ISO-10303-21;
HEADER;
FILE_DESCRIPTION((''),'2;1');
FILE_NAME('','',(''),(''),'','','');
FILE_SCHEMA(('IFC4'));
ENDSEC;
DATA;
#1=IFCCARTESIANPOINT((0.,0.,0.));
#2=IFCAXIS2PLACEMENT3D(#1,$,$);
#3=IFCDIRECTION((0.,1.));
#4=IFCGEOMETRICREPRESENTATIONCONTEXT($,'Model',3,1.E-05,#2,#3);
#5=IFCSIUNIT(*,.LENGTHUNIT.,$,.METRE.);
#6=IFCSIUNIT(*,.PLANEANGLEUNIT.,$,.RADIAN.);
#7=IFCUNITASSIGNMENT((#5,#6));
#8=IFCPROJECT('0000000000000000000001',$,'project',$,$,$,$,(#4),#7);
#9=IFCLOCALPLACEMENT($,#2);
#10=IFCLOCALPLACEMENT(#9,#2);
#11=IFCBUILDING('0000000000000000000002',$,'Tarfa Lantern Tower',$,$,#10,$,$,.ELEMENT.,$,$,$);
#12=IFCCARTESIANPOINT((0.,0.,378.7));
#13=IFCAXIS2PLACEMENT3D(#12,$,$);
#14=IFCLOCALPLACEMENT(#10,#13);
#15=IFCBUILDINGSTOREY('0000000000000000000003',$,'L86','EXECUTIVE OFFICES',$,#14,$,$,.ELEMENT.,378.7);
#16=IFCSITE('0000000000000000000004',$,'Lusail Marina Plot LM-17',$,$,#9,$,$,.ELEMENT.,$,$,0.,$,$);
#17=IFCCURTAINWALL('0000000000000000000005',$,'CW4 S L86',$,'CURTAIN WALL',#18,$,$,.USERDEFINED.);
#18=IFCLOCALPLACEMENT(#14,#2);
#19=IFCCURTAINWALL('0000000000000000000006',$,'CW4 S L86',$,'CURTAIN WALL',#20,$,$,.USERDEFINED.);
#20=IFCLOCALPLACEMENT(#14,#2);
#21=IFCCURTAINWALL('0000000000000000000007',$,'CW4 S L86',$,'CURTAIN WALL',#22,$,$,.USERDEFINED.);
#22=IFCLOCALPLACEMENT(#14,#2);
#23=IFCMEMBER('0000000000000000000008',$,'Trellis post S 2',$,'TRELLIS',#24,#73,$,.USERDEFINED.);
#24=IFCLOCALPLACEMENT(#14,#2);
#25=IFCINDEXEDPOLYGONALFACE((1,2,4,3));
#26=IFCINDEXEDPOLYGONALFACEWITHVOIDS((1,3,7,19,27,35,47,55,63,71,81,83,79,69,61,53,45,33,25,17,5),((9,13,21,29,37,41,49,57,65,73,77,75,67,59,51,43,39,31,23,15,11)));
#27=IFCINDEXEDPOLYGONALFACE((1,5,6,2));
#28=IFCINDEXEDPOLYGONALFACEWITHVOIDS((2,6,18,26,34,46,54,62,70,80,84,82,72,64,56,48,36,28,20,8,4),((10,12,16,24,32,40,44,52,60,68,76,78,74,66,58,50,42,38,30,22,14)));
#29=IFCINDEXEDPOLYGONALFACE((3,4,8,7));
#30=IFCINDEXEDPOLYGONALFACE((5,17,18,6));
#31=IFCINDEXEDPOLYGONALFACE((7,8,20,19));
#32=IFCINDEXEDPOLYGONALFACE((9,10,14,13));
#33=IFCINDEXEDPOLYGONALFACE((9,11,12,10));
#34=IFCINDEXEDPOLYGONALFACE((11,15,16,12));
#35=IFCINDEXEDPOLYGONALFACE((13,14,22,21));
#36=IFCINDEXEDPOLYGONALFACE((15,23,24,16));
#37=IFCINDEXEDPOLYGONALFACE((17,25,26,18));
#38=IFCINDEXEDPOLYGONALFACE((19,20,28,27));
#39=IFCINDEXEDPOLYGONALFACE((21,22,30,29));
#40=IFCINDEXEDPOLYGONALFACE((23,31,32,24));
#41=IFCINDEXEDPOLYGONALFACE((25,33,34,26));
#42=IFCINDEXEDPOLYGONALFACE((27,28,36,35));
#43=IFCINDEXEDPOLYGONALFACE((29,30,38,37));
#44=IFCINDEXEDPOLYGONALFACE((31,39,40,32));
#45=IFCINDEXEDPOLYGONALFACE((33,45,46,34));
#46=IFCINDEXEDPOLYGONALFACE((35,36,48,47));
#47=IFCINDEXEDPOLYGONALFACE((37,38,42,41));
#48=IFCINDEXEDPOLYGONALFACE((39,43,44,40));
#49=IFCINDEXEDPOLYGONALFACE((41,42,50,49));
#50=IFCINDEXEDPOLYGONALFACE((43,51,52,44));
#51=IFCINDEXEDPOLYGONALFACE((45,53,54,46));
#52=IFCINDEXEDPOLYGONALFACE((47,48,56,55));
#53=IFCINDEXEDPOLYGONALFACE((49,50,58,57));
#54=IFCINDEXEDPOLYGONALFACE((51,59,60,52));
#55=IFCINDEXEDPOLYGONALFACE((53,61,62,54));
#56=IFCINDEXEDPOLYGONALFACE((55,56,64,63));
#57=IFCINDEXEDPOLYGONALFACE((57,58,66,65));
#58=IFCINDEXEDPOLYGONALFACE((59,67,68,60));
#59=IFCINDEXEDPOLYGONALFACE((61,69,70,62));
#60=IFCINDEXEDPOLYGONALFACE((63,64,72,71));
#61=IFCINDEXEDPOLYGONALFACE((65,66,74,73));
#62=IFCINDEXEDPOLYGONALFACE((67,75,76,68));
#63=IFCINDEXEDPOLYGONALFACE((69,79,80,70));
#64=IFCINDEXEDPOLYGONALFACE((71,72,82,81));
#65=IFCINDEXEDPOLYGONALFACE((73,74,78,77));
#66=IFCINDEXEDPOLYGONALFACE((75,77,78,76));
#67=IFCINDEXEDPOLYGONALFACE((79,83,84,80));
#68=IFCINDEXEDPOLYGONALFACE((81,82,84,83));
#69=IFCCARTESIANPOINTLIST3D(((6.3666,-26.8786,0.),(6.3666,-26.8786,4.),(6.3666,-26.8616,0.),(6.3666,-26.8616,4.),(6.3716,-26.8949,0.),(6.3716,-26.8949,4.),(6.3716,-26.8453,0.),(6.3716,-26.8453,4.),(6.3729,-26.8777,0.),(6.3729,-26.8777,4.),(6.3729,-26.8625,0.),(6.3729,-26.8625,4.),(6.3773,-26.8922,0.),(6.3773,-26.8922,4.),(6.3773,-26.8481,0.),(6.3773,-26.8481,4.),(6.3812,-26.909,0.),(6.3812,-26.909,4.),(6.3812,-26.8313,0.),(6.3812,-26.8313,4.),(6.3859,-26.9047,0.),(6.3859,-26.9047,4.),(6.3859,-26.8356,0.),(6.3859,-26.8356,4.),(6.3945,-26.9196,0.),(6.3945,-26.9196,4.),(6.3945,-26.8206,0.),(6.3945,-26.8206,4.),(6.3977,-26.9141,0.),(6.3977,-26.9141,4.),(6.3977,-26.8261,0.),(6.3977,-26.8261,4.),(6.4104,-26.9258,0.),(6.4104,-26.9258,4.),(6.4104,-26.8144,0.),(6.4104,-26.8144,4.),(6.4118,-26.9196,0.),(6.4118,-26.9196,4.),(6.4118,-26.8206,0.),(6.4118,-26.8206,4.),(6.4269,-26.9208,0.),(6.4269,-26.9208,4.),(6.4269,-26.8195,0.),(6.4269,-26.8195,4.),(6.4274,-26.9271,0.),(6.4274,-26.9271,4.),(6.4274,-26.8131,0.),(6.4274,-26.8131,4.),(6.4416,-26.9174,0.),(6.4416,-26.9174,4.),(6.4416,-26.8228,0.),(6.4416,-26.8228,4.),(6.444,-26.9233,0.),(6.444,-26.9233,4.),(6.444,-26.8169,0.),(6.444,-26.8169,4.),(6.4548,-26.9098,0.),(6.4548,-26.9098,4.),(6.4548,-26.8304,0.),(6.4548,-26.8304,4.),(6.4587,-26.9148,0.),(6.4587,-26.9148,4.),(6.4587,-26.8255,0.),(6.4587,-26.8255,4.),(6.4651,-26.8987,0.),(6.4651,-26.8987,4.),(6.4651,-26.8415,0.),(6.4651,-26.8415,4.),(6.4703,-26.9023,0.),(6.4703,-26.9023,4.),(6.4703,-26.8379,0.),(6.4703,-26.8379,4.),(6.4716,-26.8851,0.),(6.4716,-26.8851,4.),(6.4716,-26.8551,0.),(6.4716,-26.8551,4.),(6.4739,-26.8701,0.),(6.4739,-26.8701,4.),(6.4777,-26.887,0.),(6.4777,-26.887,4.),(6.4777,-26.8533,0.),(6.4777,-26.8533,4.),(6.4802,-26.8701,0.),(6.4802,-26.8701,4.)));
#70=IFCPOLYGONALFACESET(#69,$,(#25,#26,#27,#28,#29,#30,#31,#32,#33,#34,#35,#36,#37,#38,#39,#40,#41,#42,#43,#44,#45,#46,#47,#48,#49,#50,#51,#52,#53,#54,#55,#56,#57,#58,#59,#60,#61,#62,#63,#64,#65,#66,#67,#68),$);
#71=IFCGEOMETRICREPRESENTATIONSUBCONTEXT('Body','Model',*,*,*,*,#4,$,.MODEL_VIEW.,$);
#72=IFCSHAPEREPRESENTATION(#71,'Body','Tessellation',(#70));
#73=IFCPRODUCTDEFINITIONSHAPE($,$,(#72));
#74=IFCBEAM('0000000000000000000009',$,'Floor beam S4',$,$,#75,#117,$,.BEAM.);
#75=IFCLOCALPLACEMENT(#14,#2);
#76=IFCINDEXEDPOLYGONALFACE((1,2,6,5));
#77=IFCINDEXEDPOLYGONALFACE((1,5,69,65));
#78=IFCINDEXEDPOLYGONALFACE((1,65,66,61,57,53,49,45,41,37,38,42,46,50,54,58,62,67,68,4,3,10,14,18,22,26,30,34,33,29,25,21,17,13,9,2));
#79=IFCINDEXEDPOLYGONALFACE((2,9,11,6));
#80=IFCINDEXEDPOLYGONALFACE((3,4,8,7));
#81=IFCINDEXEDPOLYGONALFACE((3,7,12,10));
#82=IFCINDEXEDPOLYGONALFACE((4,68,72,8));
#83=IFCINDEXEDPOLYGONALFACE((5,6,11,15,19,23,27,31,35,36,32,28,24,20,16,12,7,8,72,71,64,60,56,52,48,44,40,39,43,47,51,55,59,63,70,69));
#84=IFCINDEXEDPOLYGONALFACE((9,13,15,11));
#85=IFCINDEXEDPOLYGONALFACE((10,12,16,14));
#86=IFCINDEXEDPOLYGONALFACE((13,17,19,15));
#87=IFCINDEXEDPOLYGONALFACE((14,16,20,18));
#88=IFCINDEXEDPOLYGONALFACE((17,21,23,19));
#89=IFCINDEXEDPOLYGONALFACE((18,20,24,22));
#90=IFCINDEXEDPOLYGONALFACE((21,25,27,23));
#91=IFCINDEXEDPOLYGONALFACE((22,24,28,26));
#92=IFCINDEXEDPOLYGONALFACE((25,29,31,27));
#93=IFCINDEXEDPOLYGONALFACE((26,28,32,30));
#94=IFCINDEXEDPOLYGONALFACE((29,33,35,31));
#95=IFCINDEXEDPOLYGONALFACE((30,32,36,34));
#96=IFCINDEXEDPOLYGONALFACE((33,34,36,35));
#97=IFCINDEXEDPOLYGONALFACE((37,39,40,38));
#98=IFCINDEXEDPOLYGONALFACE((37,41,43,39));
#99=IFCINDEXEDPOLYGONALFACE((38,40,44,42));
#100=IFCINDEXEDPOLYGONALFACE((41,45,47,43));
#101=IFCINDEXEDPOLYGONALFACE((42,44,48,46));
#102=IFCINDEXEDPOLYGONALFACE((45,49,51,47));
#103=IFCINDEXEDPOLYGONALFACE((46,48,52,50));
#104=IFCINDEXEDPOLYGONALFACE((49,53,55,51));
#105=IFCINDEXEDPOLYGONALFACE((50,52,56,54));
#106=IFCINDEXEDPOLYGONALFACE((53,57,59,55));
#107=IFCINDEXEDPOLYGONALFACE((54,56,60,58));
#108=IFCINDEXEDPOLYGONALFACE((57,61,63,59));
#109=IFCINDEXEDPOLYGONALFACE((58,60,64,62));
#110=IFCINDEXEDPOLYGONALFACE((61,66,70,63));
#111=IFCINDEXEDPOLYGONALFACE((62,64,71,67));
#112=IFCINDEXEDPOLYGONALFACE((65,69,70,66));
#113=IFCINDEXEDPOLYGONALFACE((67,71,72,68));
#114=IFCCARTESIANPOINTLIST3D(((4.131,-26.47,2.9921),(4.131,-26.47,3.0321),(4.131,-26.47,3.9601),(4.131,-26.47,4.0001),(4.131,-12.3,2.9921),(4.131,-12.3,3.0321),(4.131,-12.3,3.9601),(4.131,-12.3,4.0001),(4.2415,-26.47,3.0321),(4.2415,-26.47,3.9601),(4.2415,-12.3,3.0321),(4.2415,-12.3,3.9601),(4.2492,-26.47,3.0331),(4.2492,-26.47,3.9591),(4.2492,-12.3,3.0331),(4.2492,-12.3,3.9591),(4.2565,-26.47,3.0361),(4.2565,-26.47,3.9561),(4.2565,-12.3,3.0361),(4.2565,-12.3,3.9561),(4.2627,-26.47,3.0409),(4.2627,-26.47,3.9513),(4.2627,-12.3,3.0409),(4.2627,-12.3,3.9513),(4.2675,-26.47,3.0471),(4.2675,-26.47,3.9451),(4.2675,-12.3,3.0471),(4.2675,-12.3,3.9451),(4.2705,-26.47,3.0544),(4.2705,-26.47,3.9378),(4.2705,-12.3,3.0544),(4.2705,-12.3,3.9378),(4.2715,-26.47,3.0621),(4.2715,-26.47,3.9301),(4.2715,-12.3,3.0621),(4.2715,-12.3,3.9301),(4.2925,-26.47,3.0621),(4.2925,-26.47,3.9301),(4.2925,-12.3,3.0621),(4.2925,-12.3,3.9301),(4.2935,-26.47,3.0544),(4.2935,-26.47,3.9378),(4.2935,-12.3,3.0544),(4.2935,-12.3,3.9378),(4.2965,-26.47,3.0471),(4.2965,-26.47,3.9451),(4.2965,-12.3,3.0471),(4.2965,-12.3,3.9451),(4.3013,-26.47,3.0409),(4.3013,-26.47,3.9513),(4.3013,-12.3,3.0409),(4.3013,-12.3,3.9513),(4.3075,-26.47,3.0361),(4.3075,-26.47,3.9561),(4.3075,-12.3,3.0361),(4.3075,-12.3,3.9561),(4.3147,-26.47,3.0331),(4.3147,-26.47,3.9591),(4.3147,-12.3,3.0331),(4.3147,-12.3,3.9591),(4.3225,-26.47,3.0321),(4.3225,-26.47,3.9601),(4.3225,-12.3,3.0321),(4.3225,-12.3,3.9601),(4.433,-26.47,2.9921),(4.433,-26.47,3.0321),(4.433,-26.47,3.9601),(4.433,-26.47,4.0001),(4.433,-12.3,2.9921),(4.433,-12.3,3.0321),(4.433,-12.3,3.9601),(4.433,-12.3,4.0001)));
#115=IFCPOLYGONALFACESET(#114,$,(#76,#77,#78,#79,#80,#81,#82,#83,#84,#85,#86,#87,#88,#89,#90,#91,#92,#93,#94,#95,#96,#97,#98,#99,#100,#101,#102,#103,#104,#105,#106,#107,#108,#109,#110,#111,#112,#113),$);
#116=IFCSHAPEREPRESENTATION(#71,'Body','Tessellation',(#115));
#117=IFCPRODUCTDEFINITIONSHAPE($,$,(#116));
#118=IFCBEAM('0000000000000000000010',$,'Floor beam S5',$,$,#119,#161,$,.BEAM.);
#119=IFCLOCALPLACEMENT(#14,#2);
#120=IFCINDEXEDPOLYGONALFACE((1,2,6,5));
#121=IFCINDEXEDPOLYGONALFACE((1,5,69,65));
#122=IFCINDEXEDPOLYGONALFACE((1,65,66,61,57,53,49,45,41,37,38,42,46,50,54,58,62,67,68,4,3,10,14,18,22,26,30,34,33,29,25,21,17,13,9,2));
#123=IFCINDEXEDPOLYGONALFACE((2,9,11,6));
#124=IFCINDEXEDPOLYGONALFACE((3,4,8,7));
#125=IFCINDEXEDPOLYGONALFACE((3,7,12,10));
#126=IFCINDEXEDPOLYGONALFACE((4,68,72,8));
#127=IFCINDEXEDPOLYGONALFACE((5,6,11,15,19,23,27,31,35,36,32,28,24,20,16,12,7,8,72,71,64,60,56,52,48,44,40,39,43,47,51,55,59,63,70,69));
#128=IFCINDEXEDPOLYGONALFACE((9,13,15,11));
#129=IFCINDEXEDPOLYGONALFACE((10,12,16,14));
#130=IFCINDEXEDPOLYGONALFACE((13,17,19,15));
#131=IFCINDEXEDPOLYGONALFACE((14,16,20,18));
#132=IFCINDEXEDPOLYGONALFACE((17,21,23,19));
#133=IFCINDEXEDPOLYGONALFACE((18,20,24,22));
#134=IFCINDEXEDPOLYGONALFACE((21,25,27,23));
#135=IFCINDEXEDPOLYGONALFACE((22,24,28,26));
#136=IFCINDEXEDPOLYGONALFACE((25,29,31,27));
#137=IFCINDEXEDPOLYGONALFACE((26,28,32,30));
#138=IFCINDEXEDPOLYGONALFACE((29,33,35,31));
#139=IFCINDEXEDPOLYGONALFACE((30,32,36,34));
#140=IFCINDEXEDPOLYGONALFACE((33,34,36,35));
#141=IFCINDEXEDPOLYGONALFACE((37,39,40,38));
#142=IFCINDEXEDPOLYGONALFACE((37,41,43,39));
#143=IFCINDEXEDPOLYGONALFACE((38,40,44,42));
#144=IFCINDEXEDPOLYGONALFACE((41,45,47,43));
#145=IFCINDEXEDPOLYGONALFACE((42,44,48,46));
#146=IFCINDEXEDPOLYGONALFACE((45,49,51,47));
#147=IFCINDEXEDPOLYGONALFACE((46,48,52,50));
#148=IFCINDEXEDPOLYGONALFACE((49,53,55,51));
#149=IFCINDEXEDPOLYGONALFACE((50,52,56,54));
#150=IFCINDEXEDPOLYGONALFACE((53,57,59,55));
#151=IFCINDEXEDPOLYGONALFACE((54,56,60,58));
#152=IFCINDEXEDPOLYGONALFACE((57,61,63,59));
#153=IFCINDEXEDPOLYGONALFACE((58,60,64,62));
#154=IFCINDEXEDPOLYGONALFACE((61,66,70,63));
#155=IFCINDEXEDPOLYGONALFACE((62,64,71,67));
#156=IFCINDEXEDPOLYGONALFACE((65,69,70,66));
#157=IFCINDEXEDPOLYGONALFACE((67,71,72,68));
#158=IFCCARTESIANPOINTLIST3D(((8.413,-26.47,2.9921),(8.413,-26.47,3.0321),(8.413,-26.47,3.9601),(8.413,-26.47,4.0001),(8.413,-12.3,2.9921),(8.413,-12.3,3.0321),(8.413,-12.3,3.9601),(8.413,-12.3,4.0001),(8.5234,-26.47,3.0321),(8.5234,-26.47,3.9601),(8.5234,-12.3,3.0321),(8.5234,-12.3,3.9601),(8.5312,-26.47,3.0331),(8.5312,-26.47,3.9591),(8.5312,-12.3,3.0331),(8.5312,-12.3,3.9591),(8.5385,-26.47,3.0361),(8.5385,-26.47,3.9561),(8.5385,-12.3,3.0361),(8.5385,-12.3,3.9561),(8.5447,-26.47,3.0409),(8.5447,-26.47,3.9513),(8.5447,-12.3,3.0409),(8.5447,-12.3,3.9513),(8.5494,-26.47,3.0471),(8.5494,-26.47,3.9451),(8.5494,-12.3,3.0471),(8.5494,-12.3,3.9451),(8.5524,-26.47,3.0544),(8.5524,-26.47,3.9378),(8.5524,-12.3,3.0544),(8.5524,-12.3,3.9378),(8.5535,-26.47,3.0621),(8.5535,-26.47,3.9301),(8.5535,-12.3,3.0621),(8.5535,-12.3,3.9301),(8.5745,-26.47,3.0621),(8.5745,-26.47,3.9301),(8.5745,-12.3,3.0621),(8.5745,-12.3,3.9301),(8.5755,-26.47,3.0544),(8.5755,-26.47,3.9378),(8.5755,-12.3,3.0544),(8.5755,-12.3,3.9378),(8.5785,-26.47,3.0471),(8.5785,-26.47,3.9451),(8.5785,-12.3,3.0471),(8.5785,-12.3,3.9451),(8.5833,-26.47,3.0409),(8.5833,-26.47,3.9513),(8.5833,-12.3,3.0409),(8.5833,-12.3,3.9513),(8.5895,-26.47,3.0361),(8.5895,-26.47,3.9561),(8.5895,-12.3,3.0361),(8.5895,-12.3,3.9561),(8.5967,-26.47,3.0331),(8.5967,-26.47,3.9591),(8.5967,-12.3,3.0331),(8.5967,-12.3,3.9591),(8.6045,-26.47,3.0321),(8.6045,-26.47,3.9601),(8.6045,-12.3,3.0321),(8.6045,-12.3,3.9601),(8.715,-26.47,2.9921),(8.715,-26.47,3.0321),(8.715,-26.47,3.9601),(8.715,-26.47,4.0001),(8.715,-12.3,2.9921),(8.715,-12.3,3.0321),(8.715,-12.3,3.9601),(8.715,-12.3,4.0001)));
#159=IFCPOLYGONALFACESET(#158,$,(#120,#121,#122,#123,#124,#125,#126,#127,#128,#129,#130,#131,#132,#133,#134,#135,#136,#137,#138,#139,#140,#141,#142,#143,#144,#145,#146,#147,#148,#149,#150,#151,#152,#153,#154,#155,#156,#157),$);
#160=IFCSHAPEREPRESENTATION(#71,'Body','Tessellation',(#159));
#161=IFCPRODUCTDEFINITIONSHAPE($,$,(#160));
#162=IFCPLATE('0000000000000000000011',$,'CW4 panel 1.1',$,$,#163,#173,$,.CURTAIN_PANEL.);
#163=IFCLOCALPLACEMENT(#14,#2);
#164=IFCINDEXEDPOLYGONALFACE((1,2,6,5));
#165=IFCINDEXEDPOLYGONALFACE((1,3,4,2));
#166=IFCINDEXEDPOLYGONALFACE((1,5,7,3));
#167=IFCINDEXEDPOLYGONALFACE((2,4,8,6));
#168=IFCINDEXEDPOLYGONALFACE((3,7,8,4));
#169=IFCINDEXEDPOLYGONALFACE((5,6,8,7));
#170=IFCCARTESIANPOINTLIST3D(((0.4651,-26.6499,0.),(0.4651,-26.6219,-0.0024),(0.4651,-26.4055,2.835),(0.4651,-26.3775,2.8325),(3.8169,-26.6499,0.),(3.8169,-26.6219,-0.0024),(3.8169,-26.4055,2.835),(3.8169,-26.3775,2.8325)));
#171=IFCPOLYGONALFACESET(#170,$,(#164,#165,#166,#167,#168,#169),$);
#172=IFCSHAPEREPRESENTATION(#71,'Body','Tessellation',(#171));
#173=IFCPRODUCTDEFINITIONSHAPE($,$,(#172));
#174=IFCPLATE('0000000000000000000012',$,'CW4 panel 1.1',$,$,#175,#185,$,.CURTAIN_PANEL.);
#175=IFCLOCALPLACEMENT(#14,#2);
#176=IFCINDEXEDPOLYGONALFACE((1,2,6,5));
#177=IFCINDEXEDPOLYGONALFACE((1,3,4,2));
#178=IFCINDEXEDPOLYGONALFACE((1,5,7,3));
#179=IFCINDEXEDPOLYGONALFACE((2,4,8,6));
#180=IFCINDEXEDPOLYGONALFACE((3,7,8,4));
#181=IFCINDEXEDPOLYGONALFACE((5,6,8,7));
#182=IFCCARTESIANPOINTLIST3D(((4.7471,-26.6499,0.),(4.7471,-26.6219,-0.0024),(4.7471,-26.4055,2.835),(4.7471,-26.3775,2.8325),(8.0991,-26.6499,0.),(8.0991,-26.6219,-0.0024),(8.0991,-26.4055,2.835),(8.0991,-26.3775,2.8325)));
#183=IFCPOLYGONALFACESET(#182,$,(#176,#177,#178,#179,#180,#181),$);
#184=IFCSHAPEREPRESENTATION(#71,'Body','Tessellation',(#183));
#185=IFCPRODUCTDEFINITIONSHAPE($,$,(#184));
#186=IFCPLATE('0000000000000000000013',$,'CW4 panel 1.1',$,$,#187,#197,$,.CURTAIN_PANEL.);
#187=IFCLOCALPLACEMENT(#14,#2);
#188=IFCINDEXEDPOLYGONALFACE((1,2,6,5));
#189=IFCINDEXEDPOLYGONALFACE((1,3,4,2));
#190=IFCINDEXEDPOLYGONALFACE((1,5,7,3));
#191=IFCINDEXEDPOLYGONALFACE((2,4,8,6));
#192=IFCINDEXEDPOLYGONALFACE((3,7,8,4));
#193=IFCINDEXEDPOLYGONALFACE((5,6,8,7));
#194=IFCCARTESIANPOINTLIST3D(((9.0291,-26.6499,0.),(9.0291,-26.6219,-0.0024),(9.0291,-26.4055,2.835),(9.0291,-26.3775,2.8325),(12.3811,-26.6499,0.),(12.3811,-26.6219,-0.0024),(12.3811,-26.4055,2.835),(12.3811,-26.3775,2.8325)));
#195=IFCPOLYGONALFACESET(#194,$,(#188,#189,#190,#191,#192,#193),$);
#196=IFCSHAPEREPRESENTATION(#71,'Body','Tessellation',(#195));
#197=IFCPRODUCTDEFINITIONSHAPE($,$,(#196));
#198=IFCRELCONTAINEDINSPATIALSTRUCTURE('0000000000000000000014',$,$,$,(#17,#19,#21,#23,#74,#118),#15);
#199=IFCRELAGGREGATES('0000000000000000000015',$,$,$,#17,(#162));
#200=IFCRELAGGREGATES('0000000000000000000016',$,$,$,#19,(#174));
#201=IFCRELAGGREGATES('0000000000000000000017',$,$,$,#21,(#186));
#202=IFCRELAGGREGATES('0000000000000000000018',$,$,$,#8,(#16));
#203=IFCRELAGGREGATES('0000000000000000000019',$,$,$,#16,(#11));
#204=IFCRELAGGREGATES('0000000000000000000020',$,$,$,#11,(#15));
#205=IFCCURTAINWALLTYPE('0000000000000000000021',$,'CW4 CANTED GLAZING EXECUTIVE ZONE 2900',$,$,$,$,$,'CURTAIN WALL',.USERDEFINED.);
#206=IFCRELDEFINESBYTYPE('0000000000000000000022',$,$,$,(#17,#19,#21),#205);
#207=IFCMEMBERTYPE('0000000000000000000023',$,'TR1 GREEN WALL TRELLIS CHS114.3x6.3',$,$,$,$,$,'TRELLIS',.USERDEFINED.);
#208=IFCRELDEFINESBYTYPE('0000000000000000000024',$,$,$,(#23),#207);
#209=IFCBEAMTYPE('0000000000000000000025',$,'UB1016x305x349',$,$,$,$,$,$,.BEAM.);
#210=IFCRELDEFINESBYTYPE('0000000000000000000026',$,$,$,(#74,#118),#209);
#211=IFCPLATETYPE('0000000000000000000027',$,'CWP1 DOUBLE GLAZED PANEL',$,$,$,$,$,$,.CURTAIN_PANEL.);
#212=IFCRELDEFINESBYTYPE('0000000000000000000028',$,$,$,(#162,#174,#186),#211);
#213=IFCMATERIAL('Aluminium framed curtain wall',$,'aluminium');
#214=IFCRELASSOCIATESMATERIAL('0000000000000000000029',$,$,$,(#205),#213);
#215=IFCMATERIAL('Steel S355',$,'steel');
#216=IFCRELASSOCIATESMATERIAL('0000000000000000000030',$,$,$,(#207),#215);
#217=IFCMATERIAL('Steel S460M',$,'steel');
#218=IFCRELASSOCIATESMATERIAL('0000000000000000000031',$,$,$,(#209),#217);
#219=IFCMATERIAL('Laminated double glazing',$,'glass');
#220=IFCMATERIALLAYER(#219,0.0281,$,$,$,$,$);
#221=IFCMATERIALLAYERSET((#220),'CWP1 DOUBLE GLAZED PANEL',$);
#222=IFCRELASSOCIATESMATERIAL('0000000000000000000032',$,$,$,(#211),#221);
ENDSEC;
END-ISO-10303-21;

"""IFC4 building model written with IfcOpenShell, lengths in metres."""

from ifc_helpers import new_model, si_unit, direction, frame, origin, origin_2d, place, context, subcontext, project, spatial, polyline, hollow_circle, i_section, outline, extrude, material, layer, layer_set, material_profile, profile_set, type_object, element, aggregate, save


model = new_model("IFC4")

# Units and contexts
model_context = context("Model", 3, precision=1e-05, world=origin(), true_north=direction((0.0, 1.0)))
body_context = subcontext(model_context, "Body", "Model", "MODEL_VIEW")
ifc_project = project(units=[si_unit("LENGTHUNIT", "METRE"), si_unit("PLANEANGLEUNIT", "RADIAN")], contexts=[model_context])

# Site, building, storey
site_placement = place(None, origin())
site = spatial("IfcSite", under=ifc_project, at=site_placement, Name="Lusail Marina Plot LM-17", CompositionType="ELEMENT", RefElevation=0.0)
building_placement = place(site_placement, origin())
building = spatial("IfcBuilding", under=site, at=building_placement, Name="Tarfa Lantern Tower", CompositionType="ELEMENT")
storey_placement = place(building_placement, frame((0.0, 0.0, 378.7)))
storey = spatial("IfcBuildingStorey", under=building, at=storey_placement, Name="L86", Description="EXECUTIVE OFFICES", CompositionType="ELEMENT", Elevation=378.7)

# Curtain walls
ifc_material_1 = material(Name="Aluminium framed curtain wall", Category="aluminium")
curtain_wall_type = type_object("IfcCurtainWallType", Name="CW4 CANTED GLAZING EXECUTIVE ZONE 2900", ElementType="CURTAIN WALL", PredefinedType="USERDEFINED", material=ifc_material_1)
curtain_wall_1_placement = place(storey_placement, origin())
curtain_wall_1 = element("IfcCurtainWall", 1, at=curtain_wall_1_placement, inside=storey, type_object=curtain_wall_type, Name="CW4 S L86", ObjectType="CURTAIN WALL", PredefinedType="USERDEFINED")
curtain_wall_2_placement = place(storey_placement, origin())
curtain_wall_2 = element("IfcCurtainWall", 2, at=curtain_wall_2_placement, inside=storey, type_object=curtain_wall_type, Name="CW4 S L86", ObjectType="CURTAIN WALL", PredefinedType="USERDEFINED")
curtain_wall_3_placement = place(storey_placement, origin())
curtain_wall_3 = element("IfcCurtainWall", 3, at=curtain_wall_3_placement, inside=storey, type_object=curtain_wall_type, Name="CW4 S L86", ObjectType="CURTAIN WALL", PredefinedType="USERDEFINED")

# Member
ifc_material_2 = material(Name="Steel S355", Category="steel")
ifc_material_profile_1 = material_profile(ifc_material_2, hollow_circle(Radius=0.0571, WallThickness=0.0063, at=origin_2d()), Name="CHS114.3x6.3")
ifc_profile_set_1 = profile_set([ifc_material_profile_1], Name="Steel S355")
member_type_1 = type_object("IfcMemberType", Name="TR1 GREEN WALL TRELLIS CHS114.3x6.3", ElementType="TRELLIS", PredefinedType="USERDEFINED", material=ifc_profile_set_1)
member_1_placement = place(storey_placement, frame((6.4231, -26.8701, 0.0), z_axis=(0.0, 0.0, 1.0), x_axis=(1.0, 0.0, 0.0)))
element("IfcMember", 4, at=member_1_placement, inside=storey, type_object=member_type_1, Name="Trellis post S 2", ObjectType="TRELLIS", PredefinedType="USERDEFINED", context=body_context, shape_type="SweptSolid", body=[
    extrude(hollow_circle(Radius=0.0571, WallThickness=0.0063, at=origin_2d()), origin(), (0.0, 0.0, 1.0), 4.0),
])

# Beams
ifc_material_3 = material(Name="Steel S460M", Category="steel")
ifc_material_profile_2 = material_profile(ifc_material_3, i_section(OverallWidth=0.302, OverallDepth=1.0081, WebThickness=0.021, FlangeThickness=0.04, FilletRadius=0.03, at=origin_2d()), Name="UB1016x305x349")
ifc_profile_set_2 = profile_set([ifc_material_profile_2], Name="Steel S460M")
beam_type_1 = type_object("IfcBeamType", Name="UB1016x305x349", PredefinedType="BEAM", material=ifc_profile_set_2)
for number, where, z_axis, x_axis, name in (
    (5, (4.282, -26.47, 3.4961), (0.0, 1.0, 0.0), (-1.0, 0.0, 0.0), "Floor beam S4"),
    (6, (8.564, -26.47, 3.4961), (0.0, 1.0, 0.0), (-1.0, 0.0, 0.0), "Floor beam S5"),
):
    element("IfcBeam", number, at=place(storey_placement, frame(where, z_axis=z_axis, x_axis=x_axis)), inside=storey, type_object=beam_type_1, Name=name, PredefinedType="BEAM", context=body_context, shape_type="SweptSolid", body=[
        extrude(i_section(OverallWidth=0.302, OverallDepth=1.0081, WebThickness=0.021, FlangeThickness=0.04, FilletRadius=0.03, at=origin_2d()), origin(), (0.0, 0.0, 1.0), 14.1699),
    ])

# Plates
ifc_material_4 = material(Name="Laminated double glazing", Category="glass")
ifc_layer_1 = layer(ifc_material_4, 0.0281)
ifc_layer_set_1 = layer_set([ifc_layer_1], Name="CWP1 DOUBLE GLAZED PANEL")
plate_type = type_object("IfcPlateType", Name="CWP1 DOUBLE GLAZED PANEL", PredefinedType="CURTAIN_PANEL", material=ifc_layer_set_1)
plate_1_placement = place(storey_placement, frame((0.4651, -26.6499, 0.0), z_axis=(0.0, -0.996305, 0.085885), x_axis=(1.0, 0.0, 0.0)))
plate_1 = element("IfcPlate", 7, at=plate_1_placement, type_object=plate_type, Name="CW4 panel 1.1", PredefinedType="CURTAIN_PANEL", context=body_context, shape_type="SweptSolid", body=[
    extrude(outline(polyline([(0.0, 0.0), (3.3518, 0.0), (3.3518, 2.8455), (0.0, 2.8455), (0.0, 0.0)])), origin(), (0.0, 0.0, -1.0), 0.0281),
])
aggregate(curtain_wall_1, [plate_1])
plate_2_placement = place(storey_placement, frame((4.7471, -26.6499, 0.0), z_axis=(0.0, -0.996305, 0.085885), x_axis=(1.0, 0.0, 0.0)))
plate_2 = element("IfcPlate", 8, at=plate_2_placement, type_object=plate_type, Name="CW4 panel 1.1", PredefinedType="CURTAIN_PANEL", context=body_context, shape_type="SweptSolid", body=[
    extrude(outline(polyline([(0.0, 0.0), (3.3521, 0.0), (3.3521, 2.8455), (0.0, 2.8455), (0.0, 0.0)])), origin(), (0.0, 0.0, -1.0), 0.0281),
])
aggregate(curtain_wall_2, [plate_2])
plate_3_placement = place(storey_placement, frame((9.0291, -26.6499, 0.0), z_axis=(0.0, -0.996305, 0.085885), x_axis=(1.0, 0.0, 0.0)))
plate_3 = element("IfcPlate", 9, at=plate_3_placement, type_object=plate_type, Name="CW4 panel 1.1", PredefinedType="CURTAIN_PANEL", context=body_context, shape_type="SweptSolid", body=[
    extrude(outline(polyline([(0.0, 0.0), (3.3521, 0.0), (3.3521, 2.8455), (0.0, 2.8455), (0.0, 0.0)])), origin(), (0.0, 0.0, -1.0), 0.0281),
])
aggregate(curtain_wall_3, [plate_3])

save(model, "model.ifc")
